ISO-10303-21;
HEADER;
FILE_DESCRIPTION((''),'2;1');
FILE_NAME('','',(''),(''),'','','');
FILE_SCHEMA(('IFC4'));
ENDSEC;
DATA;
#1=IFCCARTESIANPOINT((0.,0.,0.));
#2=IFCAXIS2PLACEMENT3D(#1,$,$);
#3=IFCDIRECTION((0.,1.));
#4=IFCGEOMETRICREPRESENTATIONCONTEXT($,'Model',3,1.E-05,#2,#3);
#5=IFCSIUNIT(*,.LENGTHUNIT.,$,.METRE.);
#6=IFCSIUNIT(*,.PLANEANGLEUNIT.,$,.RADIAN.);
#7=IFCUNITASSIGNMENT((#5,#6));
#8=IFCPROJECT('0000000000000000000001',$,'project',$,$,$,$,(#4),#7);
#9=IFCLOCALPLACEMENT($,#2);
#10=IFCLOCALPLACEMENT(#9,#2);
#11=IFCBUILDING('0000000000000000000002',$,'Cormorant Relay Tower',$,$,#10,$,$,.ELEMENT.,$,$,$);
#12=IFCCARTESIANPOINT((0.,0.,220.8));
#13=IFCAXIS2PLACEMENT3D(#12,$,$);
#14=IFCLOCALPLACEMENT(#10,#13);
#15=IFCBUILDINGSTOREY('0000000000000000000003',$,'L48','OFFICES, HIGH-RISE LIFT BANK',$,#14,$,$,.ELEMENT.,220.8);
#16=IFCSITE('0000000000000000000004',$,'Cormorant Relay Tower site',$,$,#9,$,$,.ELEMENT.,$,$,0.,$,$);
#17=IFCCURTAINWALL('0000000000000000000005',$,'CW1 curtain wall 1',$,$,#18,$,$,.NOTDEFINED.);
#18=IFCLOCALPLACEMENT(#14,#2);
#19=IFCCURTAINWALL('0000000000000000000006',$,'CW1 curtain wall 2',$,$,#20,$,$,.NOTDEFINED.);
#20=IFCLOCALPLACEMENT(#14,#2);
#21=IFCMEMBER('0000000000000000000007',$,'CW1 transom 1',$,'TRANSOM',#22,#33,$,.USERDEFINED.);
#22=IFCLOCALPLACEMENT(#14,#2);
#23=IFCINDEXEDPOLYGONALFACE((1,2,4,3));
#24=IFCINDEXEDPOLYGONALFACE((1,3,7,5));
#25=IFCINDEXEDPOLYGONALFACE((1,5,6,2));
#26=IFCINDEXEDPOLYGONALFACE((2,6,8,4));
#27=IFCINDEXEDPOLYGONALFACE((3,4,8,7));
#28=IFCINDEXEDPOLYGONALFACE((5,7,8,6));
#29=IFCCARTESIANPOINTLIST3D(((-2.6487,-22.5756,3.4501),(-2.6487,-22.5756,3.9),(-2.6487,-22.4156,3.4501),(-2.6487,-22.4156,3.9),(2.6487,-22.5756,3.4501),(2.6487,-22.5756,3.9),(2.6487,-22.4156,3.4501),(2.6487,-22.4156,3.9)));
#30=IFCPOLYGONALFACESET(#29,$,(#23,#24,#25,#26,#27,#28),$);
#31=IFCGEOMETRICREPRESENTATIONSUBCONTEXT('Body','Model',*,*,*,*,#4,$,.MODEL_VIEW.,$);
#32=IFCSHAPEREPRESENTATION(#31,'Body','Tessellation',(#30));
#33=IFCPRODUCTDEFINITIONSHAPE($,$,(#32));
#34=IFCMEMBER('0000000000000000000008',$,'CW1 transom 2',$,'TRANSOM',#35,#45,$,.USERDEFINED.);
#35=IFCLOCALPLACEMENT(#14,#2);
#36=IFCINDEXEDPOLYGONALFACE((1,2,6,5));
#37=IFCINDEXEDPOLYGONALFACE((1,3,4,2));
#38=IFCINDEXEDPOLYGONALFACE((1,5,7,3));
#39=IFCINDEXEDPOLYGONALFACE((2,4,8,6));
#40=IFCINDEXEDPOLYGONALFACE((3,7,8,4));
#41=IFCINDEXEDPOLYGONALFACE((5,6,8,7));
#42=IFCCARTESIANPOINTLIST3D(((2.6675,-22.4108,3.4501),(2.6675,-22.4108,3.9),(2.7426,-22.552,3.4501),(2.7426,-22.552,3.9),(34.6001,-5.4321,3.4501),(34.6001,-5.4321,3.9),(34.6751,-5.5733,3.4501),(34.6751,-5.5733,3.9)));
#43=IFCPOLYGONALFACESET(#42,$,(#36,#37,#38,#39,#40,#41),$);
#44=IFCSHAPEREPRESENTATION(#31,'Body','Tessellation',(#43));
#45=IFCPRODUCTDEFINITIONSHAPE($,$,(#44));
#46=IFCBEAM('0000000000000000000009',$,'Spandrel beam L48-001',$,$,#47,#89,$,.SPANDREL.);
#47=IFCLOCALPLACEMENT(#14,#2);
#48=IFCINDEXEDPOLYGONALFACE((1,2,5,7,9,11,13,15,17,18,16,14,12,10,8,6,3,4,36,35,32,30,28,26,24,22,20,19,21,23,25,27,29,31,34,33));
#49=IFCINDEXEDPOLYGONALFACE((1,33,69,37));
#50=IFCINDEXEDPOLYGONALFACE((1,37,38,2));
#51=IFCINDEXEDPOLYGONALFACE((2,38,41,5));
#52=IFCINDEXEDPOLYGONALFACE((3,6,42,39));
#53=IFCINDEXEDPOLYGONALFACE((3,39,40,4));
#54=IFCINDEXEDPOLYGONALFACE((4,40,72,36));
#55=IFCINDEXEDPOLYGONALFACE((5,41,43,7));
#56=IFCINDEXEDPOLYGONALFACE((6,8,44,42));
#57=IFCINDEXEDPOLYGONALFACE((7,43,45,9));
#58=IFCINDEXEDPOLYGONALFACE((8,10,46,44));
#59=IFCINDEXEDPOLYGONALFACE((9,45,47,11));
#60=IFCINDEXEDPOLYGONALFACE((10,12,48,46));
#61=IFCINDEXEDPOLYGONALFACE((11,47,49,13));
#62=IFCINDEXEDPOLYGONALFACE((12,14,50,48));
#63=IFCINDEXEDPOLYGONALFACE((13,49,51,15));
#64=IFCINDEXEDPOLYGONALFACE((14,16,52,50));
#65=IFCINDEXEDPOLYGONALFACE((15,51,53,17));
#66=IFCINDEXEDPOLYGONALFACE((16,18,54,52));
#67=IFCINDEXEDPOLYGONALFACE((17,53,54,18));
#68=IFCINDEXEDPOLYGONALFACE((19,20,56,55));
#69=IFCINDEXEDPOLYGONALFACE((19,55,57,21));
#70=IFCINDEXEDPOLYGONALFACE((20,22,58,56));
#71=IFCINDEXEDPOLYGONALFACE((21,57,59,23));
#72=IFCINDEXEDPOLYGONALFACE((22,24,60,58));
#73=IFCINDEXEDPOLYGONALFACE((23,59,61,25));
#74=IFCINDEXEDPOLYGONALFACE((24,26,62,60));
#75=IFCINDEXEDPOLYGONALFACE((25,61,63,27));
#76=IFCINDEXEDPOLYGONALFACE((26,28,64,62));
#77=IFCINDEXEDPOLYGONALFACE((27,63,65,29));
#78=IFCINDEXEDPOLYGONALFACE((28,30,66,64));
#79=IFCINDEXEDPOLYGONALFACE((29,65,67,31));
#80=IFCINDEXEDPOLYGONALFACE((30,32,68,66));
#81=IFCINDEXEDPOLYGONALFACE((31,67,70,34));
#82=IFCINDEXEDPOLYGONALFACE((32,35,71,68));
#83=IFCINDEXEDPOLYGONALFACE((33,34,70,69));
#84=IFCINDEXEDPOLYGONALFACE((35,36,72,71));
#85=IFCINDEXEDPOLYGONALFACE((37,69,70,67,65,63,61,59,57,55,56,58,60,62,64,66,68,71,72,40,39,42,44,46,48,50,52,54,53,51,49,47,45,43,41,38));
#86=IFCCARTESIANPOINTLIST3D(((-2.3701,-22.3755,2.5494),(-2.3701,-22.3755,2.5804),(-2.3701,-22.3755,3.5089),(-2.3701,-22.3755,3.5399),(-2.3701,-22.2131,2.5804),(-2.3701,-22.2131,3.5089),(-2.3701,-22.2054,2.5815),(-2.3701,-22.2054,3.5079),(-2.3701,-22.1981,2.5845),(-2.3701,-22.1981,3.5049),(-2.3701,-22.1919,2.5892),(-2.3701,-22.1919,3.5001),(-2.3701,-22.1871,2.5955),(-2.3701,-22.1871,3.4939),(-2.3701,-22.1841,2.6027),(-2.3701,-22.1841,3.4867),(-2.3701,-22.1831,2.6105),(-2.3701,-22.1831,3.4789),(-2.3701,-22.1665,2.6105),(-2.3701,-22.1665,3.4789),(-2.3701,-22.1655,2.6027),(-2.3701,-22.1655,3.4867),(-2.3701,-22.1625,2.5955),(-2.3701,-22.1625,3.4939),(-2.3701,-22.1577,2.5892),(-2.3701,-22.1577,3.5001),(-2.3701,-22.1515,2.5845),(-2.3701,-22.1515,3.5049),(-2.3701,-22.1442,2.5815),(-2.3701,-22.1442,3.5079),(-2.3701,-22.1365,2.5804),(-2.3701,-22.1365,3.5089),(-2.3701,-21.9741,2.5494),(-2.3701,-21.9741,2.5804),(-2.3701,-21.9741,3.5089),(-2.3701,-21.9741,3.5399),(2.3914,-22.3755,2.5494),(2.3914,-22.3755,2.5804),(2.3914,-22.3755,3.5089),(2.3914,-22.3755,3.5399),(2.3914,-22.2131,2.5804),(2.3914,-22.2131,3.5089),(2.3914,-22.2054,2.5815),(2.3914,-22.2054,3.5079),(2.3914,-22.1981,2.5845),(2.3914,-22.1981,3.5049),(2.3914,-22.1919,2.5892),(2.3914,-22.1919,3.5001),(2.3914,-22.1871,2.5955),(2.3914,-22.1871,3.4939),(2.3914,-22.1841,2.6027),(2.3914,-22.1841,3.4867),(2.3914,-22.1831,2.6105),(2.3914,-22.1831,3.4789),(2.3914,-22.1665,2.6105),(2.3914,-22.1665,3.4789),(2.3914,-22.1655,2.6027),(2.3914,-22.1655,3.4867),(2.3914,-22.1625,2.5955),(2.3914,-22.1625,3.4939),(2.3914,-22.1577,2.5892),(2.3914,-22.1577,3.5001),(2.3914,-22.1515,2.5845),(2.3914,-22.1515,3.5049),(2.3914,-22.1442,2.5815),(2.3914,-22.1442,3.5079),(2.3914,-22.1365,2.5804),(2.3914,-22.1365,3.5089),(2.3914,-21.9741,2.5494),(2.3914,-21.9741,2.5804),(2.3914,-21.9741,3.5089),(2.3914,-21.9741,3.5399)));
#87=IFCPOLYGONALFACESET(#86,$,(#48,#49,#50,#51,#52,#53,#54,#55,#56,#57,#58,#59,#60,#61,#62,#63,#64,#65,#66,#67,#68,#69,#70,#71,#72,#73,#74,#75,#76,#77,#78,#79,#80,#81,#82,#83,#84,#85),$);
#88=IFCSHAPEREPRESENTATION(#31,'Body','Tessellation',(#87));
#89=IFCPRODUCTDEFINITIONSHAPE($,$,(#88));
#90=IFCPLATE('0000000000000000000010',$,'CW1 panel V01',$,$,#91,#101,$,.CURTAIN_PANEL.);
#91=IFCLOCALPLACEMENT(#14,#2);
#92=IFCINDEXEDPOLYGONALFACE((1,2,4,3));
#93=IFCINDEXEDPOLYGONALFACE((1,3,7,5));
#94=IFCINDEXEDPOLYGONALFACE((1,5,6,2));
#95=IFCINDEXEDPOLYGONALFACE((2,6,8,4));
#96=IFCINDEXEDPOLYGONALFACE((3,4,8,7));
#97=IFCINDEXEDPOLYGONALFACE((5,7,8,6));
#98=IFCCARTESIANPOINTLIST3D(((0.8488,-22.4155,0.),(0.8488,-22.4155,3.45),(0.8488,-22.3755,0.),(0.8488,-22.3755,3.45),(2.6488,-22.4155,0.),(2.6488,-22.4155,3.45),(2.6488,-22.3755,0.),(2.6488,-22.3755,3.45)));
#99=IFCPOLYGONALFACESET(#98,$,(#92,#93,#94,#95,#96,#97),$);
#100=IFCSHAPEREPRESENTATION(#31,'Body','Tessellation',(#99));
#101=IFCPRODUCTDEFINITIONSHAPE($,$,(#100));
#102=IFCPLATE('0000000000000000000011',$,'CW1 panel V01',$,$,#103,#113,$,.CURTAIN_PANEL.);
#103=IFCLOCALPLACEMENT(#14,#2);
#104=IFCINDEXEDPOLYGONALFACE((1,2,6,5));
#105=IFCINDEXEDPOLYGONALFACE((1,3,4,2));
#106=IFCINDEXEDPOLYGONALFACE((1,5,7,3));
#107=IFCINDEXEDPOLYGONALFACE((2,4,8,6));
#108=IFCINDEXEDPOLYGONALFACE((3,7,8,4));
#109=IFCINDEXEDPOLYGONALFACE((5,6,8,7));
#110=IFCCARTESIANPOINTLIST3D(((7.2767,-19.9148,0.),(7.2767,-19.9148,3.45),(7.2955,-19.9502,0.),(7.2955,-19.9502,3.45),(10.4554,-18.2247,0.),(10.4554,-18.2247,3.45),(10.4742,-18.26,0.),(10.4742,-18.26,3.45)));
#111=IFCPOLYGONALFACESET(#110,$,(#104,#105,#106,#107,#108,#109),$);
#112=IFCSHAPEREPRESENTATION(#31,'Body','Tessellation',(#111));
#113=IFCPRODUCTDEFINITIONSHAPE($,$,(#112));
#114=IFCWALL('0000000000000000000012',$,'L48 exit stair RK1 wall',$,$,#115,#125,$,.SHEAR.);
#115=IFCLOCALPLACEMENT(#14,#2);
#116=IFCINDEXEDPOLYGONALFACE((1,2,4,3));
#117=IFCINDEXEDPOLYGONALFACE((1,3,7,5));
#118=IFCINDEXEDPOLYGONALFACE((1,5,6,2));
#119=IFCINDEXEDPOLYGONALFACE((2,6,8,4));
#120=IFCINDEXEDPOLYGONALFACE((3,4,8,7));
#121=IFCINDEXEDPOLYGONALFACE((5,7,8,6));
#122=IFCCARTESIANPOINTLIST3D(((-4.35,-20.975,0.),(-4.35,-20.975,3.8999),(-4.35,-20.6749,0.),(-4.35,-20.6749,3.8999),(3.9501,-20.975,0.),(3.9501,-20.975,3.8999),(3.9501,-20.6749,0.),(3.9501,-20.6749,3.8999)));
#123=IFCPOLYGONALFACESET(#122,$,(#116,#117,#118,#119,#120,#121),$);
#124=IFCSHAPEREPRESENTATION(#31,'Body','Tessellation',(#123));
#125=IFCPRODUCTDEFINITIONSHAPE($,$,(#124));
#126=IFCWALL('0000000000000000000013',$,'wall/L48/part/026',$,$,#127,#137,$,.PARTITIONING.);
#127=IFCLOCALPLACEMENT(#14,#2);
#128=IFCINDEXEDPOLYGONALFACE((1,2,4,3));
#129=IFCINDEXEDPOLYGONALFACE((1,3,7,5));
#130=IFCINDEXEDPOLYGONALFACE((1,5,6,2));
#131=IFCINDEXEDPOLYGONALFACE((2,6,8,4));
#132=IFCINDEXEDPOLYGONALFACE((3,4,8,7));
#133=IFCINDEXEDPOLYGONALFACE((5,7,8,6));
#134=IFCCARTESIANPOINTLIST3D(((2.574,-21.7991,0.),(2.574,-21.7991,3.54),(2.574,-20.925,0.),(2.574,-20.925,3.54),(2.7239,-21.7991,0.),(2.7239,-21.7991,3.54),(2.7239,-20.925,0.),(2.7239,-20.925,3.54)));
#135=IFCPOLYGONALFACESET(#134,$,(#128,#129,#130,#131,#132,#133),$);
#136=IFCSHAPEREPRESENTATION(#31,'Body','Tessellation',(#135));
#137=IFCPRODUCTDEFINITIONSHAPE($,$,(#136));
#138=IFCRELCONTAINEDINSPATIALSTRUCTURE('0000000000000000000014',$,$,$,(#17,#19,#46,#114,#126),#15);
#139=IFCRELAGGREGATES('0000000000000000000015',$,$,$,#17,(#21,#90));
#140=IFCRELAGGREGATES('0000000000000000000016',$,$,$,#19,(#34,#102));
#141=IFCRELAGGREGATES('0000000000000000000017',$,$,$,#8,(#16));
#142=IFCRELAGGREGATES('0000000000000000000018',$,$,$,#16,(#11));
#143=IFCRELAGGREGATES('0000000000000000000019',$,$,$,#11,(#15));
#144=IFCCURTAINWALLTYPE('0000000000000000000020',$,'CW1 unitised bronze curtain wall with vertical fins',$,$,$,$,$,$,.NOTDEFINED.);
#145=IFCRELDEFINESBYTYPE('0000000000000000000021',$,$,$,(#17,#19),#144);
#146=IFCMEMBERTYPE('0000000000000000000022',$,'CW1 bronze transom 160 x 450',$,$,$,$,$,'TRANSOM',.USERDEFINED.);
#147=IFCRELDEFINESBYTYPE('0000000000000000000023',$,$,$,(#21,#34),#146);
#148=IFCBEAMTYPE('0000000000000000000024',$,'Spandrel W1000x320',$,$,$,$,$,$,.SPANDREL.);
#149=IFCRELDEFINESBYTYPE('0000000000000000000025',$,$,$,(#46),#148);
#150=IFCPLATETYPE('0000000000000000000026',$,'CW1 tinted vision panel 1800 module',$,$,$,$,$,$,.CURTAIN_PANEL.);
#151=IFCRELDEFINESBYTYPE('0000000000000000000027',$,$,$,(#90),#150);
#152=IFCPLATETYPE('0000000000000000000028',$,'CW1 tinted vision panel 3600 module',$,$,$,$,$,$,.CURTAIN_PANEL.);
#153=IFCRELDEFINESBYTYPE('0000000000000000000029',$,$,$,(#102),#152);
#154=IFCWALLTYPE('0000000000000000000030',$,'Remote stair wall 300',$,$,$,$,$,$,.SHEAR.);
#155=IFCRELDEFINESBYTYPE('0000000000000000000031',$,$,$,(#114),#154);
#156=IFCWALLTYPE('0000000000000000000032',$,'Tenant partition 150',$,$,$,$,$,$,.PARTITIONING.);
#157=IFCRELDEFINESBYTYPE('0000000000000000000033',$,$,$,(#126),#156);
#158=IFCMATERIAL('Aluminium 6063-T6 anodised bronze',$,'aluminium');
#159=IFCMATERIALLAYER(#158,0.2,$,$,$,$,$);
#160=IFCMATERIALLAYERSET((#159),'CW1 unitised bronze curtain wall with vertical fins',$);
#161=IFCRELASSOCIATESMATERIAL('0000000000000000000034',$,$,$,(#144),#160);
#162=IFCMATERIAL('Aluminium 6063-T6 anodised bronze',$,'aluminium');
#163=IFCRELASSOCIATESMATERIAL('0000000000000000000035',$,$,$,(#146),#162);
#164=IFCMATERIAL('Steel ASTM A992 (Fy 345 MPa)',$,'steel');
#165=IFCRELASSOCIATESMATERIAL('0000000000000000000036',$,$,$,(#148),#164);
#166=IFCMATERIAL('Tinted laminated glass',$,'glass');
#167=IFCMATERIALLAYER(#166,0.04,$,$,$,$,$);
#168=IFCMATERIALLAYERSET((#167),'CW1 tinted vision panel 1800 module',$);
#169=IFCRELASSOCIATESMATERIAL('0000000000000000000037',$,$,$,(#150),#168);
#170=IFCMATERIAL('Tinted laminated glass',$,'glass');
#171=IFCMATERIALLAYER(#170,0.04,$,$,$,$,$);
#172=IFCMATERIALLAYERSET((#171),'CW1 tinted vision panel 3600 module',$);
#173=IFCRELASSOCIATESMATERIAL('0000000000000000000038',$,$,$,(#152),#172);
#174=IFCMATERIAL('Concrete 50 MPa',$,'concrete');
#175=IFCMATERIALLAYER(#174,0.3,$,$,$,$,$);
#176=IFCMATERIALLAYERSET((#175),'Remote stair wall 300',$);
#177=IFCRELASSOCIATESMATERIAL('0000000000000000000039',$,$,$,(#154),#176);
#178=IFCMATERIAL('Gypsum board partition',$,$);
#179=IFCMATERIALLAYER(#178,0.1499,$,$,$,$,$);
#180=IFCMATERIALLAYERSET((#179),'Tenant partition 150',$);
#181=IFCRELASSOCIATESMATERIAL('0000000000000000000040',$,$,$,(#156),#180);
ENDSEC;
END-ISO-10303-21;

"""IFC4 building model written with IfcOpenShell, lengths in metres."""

from ifc_helpers import new_model, si_unit, direction, frame, frame_2d, origin, origin_2d, place, context, subcontext, project, spatial, rectangle, i_section, extrude, material, layer, layer_set, material_profile, profile_set, type_object, element, aggregate, save


model = new_model("IFC4")

# Units and contexts
model_context = context("Model", 3, precision=1e-05, world=origin(), true_north=direction((0.0, 1.0)))
body_context = subcontext(model_context, "Body", "Model", "MODEL_VIEW")
ifc_project = project(units=[si_unit("LENGTHUNIT", "METRE"), si_unit("PLANEANGLEUNIT", "RADIAN")], contexts=[model_context])

# Site, building, storey
site_placement = place(None, origin())
site = spatial("IfcSite", under=ifc_project, at=site_placement, Name="Cormorant Relay Tower site", CompositionType="ELEMENT", RefElevation=0.0)
building_placement = place(site_placement, origin())
building = spatial("IfcBuilding", under=site, at=building_placement, Name="Cormorant Relay Tower", CompositionType="ELEMENT")
storey_placement = place(building_placement, frame((0.0, 0.0, 220.8)))
storey = spatial("IfcBuildingStorey", under=building, at=storey_placement, Name="L48", Description="OFFICES, HIGH-RISE LIFT BANK", CompositionType="ELEMENT", Elevation=220.8)

# Curtain wall
ifc_material_1 = material(Name="Aluminium 6063-T6 anodised bronze", Category="aluminium")
ifc_layer_1 = layer(ifc_material_1, 0.2)
ifc_layer_set_1 = layer_set([ifc_layer_1], Name="CW1 unitised bronze curtain wall with vertical fins")
curtain_wall_type = type_object("IfcCurtainWallType", Name="CW1 unitised bronze curtain wall with vertical fins", PredefinedType="NOTDEFINED", material=ifc_layer_set_1)
curtain_wall_1_placement = place(storey_placement, origin())
curtain_wall_1 = element("IfcCurtainWall", 1, at=curtain_wall_1_placement, inside=storey, type_object=curtain_wall_type, Name="CW1 curtain wall 1", PredefinedType="NOTDEFINED")

# Curtain wall
curtain_wall_2_placement = place(storey_placement, origin())
curtain_wall_2 = element("IfcCurtainWall", 2, at=curtain_wall_2_placement, inside=storey, type_object=curtain_wall_type, Name="CW1 curtain wall 2", PredefinedType="NOTDEFINED")

# Members
ifc_material_2 = material(Name="Aluminium 6063-T6 anodised bronze", Category="aluminium")
ifc_material_profile_1 = material_profile(ifc_material_2, rectangle(XDim=0.1599, YDim=0.45, at=origin_2d()), Name="AL 160x450")
ifc_profile_set_1 = profile_set([ifc_material_profile_1], Name="Aluminium 6063-T6 anodised bronze")
member_type_1 = type_object("IfcMemberType", Name="CW1 bronze transom 160 x 450", ElementType="TRANSOM", PredefinedType="USERDEFINED", material=ifc_profile_set_1)
member_1_placement = place(storey_placement, frame((-2.6487, -22.4956, 3.675), z_axis=(1.0, 0.0, 0.0), x_axis=(0.0, 1.0, 0.0)))
member_1 = element("IfcMember", 3, at=member_1_placement, type_object=member_type_1, Name="CW1 transom 1", ObjectType="TRANSOM", PredefinedType="USERDEFINED", context=body_context, shape_type="SweptSolid", body=[
    extrude(rectangle(XDim=0.1599, YDim=0.45, at=origin_2d()), origin(), (0.0, 0.0, 1.0), 5.2974),
])
member_2_placement = place(storey_placement, frame((2.7051, -22.4814, 3.675), z_axis=(0.882949, 0.469469, 0.0), x_axis=(-0.469469, 0.882949, 0.0)))
member_2 = element("IfcMember", 4, at=member_2_placement, type_object=member_type_1, Name="CW1 transom 2", ObjectType="TRANSOM", PredefinedType="USERDEFINED", context=body_context, shape_type="SweptSolid", body=[
    extrude(rectangle(XDim=0.1599, YDim=0.45, at=origin_2d()), origin(), (0.0, 0.0, 1.0), 36.1658),
])

# Beam
ifc_material_3 = material(Name="Steel ASTM A992 (Fy 345 MPa)", Category="steel")
ifc_material_profile_2 = material_profile(ifc_material_3, i_section(OverallWidth=0.4014, OverallDepth=0.9905, WebThickness=0.0166, FlangeThickness=0.031, FilletRadius=0.03, at=origin_2d()), Name="W1000x320")
ifc_profile_set_2 = profile_set([ifc_material_profile_2], Name="Steel ASTM A992 (Fy 345 MPa)")
beam_type = type_object("IfcBeamType", Name="Spandrel W1000x320", PredefinedType="SPANDREL", material=ifc_profile_set_2)
beam_placement = place(storey_placement, frame((-2.3701, -22.1748, 3.0447), z_axis=(1.0, 0.0, 0.0), x_axis=(0.0, 1.0, 0.0)))
element("IfcBeam", 5, at=beam_placement, inside=storey, type_object=beam_type, Name="Spandrel beam L48-001", PredefinedType="SPANDREL", context=body_context, shape_type="SweptSolid", body=[
    extrude(i_section(OverallWidth=0.4014, OverallDepth=0.9905, WebThickness=0.0166, FlangeThickness=0.031, FilletRadius=0.03, at=origin_2d()), origin(), (0.0, 0.0, 1.0), 4.7615),
])

# Plates
ifc_material_4 = material(Name="Tinted laminated glass", Category="glass")
ifc_layer_2 = layer(ifc_material_4, 0.04)
ifc_layer_set_2 = layer_set([ifc_layer_2], Name="CW1 tinted vision panel 1800 module")
plate_type_1 = type_object("IfcPlateType", Name="CW1 tinted vision panel 1800 module", PredefinedType="CURTAIN_PANEL", material=ifc_layer_set_2)
plate_1_placement = place(storey_placement, frame((1.7488, -22.3955, 0.0), z_axis=(0.0, 0.0, 1.0), x_axis=(1.0, 0.0, 0.0)))
plate_1 = element("IfcPlate", 6, at=plate_1_placement, type_object=plate_type_1, Name="CW1 panel V01", PredefinedType="CURTAIN_PANEL", context=body_context, shape_type="SweptSolid", body=[
    extrude(rectangle(XDim=1.8, YDim=0.04, at=origin_2d()), origin(), (0.0, 0.0, 1.0), 3.45),
])
ifc_material_5 = material(Name="Tinted laminated glass", Category="glass")
ifc_layer_3 = layer(ifc_material_5, 0.04)
ifc_layer_set_3 = layer_set([ifc_layer_3], Name="CW1 tinted vision panel 3600 module")
plate_type_2 = type_object("IfcPlateType", Name="CW1 tinted vision panel 3600 module", PredefinedType="CURTAIN_PANEL", material=ifc_layer_set_3)
plate_2_placement = place(storey_placement, frame((8.8755, -19.0874, 0.0), z_axis=(0.0, 0.0, 1.0), x_axis=(0.882948, 0.469472, 0.0)))
plate_2 = element("IfcPlate", 7, at=plate_2_placement, type_object=plate_type_2, Name="CW1 panel V01", PredefinedType="CURTAIN_PANEL", context=body_context, shape_type="SweptSolid", body=[
    extrude(rectangle(XDim=3.6001, YDim=0.04, at=origin_2d()), origin(), (0.0, 0.0, 1.0), 3.45),
])

# Walls
ifc_material_6 = material(Name="Concrete 50 MPa", Category="concrete")
ifc_layer_4 = layer(ifc_material_6, 0.3)
ifc_layer_set_4 = layer_set([ifc_layer_4], Name="Remote stair wall 300")
wall_type_1 = type_object("IfcWallType", Name="Remote stair wall 300", PredefinedType="SHEAR", material=ifc_layer_set_4)
wall_1_placement = place(storey_placement, frame((3.95, -20.825, 0.0), z_axis=(0.0, 0.0, 1.0), x_axis=(-1.0, 0.0, 0.0)))
element("IfcWall", 8, at=wall_1_placement, inside=storey, type_object=wall_type_1, Name="L48 exit stair RK1 wall", PredefinedType="SHEAR", context=body_context, shape_type="SweptSolid", body=[
    extrude(rectangle(XDim=8.3, YDim=0.3, at=frame_2d((4.1499, 0.0))), origin(), (0.0, 0.0, 1.0), 3.8999),
])
ifc_material_7 = material(Name="Gypsum board partition")
ifc_layer_5 = layer(ifc_material_7, 0.1499)
ifc_layer_set_5 = layer_set([ifc_layer_5], Name="Tenant partition 150")
wall_type_2 = type_object("IfcWallType", Name="Tenant partition 150", PredefinedType="PARTITIONING", material=ifc_layer_set_5)
wall_2_placement = place(storey_placement, frame((2.6489, -21.7991, 0.0), z_axis=(0.0, 0.0, 1.0), x_axis=(0.0, 1.0, 0.0)))
element("IfcWall", 9, at=wall_2_placement, inside=storey, type_object=wall_type_2, Name="wall/L48/part/026", PredefinedType="PARTITIONING", context=body_context, shape_type="SweptSolid", body=[
    extrude(rectangle(XDim=0.874, YDim=0.1499, at=frame_2d((0.437, 0.0))), origin(), (0.0, 0.0, 1.0), 3.54),
])

aggregate(curtain_wall_1, [member_1, plate_1])
aggregate(curtain_wall_2, [member_2, plate_2])

save(model, "model.ifc")
